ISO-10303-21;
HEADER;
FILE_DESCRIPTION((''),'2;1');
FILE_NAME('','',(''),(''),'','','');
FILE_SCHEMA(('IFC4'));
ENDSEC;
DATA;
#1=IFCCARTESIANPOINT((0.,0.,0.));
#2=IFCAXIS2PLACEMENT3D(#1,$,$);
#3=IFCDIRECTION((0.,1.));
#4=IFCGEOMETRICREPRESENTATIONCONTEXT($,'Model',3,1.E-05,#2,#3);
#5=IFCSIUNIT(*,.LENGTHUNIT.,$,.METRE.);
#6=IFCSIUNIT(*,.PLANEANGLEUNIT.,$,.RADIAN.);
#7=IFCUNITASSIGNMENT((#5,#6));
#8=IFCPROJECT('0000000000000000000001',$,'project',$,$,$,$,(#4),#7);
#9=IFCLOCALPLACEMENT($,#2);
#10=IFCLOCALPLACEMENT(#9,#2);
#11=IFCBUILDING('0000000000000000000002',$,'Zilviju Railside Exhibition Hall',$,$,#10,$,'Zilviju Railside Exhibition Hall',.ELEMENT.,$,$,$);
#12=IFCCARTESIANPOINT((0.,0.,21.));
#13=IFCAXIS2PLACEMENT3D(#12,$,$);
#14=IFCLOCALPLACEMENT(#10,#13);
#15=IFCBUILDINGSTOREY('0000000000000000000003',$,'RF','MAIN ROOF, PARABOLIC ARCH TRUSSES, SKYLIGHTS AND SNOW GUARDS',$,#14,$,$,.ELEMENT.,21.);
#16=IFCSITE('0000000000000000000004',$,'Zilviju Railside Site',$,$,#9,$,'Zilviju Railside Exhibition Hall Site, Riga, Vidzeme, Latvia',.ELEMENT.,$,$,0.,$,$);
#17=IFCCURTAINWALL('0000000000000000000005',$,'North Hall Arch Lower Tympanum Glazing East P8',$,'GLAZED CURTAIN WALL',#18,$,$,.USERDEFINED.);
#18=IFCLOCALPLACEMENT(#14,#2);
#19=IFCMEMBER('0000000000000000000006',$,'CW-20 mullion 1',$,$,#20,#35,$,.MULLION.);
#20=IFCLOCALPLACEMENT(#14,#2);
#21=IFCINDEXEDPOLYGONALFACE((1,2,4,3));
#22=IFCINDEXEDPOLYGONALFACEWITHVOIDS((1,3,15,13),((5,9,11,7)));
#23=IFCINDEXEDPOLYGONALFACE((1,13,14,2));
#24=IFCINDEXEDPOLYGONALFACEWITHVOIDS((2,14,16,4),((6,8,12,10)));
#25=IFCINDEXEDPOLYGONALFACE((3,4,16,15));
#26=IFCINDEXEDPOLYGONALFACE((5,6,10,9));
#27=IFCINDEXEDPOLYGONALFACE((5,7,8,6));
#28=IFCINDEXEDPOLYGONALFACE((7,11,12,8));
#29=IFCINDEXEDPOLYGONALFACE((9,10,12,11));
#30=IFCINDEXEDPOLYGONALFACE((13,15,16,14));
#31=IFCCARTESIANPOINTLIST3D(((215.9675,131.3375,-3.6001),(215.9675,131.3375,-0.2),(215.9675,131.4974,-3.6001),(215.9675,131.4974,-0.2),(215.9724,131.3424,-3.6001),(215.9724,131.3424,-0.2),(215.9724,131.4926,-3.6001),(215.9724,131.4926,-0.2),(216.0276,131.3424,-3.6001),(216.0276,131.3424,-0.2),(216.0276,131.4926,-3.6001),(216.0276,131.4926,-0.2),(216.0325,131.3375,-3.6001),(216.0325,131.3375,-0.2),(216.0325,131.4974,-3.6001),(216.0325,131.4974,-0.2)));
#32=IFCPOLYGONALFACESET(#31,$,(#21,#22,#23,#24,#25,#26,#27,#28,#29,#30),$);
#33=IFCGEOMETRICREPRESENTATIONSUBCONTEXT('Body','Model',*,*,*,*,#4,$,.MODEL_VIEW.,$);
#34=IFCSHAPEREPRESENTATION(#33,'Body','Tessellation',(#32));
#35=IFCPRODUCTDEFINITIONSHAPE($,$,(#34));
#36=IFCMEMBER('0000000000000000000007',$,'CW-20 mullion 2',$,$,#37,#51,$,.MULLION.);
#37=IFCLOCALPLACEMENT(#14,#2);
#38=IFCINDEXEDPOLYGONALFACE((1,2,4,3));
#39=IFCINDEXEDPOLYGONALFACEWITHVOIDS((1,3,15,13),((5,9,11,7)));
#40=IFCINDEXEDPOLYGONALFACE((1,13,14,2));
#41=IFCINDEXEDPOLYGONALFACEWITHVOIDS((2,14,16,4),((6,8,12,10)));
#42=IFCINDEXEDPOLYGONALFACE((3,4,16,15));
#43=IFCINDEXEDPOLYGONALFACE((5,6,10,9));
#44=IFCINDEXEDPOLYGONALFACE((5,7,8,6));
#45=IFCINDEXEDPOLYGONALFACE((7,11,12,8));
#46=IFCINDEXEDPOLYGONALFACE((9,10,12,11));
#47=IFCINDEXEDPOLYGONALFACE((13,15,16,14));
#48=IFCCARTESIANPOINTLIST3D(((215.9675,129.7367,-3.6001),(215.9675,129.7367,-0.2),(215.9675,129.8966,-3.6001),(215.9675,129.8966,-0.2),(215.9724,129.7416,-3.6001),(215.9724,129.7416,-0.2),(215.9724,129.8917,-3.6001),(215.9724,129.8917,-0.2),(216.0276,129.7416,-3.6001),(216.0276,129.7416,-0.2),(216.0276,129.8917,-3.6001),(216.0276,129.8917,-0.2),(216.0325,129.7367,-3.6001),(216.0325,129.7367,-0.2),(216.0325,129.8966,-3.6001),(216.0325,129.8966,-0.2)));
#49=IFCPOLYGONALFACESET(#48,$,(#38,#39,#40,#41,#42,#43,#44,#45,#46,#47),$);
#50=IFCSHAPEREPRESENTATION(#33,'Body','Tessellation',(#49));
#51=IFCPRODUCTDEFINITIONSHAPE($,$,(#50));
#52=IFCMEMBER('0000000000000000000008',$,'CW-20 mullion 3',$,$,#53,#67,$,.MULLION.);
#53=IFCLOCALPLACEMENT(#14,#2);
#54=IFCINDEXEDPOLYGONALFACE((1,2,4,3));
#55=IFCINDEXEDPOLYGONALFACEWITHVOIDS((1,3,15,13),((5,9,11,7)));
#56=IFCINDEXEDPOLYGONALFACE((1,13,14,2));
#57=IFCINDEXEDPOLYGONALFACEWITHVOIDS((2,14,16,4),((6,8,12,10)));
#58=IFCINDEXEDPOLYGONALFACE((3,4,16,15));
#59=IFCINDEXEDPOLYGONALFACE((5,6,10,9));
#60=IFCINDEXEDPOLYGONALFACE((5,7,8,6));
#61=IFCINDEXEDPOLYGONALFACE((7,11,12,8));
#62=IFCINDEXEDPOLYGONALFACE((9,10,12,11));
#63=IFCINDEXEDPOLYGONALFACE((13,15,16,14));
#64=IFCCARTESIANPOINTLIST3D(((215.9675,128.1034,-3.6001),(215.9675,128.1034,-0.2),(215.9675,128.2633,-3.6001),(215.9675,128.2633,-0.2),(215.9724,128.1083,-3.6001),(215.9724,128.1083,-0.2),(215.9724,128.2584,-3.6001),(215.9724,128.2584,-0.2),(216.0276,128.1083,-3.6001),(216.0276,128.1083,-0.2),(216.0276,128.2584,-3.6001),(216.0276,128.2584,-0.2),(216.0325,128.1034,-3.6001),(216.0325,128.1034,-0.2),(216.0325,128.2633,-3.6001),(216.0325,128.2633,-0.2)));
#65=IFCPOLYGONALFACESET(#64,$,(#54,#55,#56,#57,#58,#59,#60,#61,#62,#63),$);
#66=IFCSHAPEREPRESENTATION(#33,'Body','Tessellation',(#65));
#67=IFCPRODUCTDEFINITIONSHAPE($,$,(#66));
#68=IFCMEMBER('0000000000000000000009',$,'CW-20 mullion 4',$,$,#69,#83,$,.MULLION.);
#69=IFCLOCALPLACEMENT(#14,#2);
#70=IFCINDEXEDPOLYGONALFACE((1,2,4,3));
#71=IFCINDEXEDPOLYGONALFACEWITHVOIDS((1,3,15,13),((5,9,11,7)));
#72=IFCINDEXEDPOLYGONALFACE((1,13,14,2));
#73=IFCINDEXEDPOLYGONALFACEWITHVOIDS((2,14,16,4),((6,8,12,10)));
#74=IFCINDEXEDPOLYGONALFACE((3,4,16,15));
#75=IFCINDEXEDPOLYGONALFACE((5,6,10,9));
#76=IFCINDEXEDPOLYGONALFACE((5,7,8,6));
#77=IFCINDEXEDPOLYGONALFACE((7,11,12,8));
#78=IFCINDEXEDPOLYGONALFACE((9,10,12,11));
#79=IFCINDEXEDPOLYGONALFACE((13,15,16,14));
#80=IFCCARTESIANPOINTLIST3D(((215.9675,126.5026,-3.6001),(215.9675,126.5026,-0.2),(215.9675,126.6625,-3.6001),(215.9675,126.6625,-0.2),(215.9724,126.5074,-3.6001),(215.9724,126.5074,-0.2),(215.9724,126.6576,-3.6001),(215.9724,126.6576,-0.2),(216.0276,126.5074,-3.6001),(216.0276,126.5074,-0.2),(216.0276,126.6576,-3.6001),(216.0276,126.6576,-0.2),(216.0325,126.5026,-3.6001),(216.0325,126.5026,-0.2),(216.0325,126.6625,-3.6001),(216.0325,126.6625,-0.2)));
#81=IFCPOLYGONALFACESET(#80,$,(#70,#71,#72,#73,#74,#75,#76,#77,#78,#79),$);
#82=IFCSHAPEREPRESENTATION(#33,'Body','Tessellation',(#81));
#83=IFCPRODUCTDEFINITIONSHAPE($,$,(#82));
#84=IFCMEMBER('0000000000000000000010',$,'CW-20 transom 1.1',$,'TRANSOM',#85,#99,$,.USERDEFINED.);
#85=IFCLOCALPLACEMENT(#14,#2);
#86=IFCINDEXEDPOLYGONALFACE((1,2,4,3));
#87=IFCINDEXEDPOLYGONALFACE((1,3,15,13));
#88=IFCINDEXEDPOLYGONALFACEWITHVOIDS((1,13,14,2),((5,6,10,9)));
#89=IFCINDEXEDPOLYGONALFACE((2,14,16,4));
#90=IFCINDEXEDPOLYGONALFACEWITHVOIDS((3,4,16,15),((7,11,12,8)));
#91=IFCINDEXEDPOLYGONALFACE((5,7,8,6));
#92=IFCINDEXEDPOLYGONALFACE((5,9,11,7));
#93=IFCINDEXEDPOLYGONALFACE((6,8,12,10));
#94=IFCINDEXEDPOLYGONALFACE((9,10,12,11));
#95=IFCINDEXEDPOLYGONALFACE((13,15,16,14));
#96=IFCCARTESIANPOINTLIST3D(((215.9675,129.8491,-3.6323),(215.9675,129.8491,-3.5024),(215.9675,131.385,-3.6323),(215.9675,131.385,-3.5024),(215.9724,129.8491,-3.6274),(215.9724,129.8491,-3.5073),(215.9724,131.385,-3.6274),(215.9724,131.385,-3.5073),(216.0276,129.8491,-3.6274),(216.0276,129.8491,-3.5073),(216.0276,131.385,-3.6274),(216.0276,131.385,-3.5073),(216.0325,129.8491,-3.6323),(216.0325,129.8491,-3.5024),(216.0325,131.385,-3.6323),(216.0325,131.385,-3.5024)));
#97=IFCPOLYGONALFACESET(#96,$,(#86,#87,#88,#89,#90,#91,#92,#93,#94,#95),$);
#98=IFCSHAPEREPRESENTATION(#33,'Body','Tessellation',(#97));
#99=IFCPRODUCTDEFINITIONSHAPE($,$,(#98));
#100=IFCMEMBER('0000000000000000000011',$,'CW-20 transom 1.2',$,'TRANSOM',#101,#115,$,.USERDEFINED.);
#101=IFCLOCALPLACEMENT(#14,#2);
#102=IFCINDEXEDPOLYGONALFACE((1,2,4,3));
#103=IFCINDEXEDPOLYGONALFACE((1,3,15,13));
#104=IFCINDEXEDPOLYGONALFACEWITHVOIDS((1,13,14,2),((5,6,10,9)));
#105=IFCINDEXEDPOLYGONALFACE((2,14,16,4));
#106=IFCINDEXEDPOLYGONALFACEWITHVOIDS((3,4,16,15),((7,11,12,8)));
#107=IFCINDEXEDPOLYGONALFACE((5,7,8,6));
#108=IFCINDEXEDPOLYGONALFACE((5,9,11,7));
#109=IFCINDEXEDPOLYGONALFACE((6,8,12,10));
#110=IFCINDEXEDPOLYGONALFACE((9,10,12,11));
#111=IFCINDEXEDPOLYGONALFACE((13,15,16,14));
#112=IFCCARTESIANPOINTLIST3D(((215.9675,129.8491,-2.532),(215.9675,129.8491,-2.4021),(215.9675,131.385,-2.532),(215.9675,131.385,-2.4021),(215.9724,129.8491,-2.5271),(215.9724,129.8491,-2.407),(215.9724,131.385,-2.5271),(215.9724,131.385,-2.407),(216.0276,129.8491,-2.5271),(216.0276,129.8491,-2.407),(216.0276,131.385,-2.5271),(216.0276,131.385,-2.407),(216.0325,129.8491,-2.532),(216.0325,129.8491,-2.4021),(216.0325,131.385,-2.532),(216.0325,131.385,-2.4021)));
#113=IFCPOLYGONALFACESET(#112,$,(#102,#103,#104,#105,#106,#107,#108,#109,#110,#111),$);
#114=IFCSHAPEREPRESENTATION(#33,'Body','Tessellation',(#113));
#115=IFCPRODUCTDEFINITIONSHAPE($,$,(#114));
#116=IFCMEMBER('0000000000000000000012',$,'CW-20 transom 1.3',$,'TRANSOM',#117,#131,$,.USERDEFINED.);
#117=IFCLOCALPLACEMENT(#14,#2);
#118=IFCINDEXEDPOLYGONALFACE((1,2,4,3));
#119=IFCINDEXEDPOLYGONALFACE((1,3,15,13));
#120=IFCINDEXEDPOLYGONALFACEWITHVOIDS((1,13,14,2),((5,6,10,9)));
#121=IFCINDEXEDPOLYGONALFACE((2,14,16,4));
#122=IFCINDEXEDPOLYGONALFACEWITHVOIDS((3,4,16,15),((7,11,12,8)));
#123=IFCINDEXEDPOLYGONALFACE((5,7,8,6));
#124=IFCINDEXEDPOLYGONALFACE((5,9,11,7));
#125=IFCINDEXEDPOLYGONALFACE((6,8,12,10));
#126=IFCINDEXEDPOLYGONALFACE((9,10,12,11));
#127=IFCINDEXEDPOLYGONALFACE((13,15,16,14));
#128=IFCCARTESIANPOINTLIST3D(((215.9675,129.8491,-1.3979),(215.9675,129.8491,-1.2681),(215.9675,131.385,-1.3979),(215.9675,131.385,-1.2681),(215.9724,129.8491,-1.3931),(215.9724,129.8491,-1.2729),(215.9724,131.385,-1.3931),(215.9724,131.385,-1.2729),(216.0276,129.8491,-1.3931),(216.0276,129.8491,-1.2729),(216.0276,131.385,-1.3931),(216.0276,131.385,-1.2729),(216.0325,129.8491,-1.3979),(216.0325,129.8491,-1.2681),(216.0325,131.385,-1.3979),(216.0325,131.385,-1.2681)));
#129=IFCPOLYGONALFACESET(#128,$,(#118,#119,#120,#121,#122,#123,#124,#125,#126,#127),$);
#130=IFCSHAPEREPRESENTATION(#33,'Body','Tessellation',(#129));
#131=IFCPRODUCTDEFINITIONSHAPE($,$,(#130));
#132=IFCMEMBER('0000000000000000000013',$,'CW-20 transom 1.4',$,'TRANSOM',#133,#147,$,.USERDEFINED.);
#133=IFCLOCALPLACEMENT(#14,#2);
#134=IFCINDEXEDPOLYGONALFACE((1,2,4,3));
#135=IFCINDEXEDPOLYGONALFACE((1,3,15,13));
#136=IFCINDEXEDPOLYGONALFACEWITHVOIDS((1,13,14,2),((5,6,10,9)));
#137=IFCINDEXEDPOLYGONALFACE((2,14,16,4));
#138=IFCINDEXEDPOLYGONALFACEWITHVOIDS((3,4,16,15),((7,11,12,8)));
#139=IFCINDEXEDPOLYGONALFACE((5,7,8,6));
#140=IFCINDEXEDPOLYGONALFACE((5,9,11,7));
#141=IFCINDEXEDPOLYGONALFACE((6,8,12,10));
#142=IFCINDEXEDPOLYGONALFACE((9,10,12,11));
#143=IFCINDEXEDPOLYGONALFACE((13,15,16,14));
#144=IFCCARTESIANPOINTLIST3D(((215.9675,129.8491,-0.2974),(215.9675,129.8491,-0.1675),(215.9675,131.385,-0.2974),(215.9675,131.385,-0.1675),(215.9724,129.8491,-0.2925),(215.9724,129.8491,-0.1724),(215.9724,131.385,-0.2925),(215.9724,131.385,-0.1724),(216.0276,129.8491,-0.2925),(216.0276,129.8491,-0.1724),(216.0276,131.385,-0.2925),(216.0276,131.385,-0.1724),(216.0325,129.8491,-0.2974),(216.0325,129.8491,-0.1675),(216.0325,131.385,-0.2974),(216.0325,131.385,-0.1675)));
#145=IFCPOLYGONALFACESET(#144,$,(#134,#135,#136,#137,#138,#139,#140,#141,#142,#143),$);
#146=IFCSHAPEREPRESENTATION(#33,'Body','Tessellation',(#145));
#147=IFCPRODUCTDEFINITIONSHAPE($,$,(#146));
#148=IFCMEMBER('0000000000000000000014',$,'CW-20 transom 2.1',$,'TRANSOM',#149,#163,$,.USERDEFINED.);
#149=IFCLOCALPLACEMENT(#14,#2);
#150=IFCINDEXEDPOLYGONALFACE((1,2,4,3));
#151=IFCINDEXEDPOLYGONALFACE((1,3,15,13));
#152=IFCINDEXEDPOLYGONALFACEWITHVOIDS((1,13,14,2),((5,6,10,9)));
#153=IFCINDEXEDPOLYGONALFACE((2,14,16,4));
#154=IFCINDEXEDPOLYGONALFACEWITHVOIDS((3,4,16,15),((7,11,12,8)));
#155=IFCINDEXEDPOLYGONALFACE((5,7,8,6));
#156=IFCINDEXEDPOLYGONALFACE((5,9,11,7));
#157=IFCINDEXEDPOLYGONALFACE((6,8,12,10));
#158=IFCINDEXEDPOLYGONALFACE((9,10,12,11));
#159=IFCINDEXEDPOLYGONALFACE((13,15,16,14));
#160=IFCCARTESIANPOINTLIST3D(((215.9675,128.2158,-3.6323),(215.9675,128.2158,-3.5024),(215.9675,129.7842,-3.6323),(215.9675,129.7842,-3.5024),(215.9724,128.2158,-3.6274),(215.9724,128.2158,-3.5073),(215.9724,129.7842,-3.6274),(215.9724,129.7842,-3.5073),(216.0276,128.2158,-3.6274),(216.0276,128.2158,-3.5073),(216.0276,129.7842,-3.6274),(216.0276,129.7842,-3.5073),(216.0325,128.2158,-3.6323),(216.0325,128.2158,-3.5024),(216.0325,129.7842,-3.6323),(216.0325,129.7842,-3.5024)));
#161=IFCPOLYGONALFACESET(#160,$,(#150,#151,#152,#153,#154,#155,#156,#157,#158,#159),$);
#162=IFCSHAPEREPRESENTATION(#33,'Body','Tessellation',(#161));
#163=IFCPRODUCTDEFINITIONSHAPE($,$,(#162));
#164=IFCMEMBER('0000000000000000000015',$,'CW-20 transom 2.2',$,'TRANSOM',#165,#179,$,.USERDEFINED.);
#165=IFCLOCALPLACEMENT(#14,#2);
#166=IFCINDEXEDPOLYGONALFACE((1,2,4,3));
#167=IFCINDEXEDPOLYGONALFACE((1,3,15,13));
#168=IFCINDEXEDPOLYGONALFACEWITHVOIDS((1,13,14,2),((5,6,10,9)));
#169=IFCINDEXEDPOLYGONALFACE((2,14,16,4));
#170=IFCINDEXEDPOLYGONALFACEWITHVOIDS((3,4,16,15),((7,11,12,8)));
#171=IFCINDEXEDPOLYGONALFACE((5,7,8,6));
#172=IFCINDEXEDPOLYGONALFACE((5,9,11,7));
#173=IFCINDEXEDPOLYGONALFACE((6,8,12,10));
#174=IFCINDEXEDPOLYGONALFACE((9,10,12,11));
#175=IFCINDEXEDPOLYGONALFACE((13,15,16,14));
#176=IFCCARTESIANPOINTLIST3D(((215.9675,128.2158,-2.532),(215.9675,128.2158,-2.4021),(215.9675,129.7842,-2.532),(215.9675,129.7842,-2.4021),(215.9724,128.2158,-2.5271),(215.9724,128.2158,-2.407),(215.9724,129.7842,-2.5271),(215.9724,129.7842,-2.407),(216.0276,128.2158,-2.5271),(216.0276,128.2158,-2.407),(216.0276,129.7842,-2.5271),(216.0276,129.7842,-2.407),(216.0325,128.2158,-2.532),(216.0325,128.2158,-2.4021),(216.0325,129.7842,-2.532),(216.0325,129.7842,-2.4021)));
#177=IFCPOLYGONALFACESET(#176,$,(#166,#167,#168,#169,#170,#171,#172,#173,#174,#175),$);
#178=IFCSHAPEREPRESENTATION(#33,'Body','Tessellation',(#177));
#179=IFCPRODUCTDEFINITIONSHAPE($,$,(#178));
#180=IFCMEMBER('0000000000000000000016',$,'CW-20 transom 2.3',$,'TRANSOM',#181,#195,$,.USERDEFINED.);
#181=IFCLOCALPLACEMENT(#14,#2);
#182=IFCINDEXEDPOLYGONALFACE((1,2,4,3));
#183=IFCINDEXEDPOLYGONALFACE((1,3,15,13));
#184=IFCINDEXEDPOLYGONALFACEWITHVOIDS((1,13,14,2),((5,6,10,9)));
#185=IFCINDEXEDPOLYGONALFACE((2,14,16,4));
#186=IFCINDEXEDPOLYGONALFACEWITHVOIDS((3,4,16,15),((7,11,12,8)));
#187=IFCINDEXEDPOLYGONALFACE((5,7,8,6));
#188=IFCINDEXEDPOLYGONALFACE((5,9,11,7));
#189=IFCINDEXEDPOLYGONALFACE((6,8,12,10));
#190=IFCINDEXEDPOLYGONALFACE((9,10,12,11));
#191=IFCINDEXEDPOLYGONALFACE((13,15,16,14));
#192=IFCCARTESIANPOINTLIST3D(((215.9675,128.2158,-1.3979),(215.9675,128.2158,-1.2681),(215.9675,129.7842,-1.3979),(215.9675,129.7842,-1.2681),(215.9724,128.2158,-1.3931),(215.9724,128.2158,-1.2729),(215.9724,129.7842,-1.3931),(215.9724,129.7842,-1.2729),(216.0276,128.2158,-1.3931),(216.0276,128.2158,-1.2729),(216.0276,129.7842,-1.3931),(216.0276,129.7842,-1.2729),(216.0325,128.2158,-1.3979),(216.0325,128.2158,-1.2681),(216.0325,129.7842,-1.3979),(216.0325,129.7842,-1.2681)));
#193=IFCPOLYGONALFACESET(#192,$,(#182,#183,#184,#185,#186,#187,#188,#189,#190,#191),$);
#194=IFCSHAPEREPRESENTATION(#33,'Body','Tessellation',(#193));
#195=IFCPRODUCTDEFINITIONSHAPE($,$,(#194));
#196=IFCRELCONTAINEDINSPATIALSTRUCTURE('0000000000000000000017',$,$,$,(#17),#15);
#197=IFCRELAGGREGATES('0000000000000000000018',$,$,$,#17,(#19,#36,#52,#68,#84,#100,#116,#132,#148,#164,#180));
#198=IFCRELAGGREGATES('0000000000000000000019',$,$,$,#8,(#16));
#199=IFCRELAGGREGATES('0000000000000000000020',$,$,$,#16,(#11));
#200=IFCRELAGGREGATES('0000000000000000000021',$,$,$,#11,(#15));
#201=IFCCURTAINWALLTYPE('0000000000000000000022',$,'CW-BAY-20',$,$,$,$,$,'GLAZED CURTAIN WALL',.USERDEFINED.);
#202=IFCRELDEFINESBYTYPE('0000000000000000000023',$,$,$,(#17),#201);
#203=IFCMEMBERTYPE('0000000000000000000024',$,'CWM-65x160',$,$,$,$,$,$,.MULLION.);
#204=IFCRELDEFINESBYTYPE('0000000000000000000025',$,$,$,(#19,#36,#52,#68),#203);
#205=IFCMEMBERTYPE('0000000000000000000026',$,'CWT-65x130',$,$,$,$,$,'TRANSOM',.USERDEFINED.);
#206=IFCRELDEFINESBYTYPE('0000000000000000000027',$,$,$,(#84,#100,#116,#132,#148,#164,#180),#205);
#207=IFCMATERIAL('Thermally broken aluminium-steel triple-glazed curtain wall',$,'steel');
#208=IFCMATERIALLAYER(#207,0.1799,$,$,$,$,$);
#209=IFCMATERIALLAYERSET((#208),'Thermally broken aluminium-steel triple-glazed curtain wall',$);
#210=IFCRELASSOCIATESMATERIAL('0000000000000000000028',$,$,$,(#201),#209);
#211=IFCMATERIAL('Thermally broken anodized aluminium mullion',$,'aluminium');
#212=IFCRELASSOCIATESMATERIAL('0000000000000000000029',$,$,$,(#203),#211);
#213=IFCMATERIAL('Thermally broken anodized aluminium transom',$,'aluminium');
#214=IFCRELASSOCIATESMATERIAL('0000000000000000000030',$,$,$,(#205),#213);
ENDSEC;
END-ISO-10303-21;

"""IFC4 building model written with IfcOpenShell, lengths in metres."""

from ifc_helpers import new_model, si_unit, direction, frame, origin, origin_2d, place, context, subcontext, project, spatial, hollow_rectangle, extrude, material, layer, layer_set, material_profile, profile_set, type_object, element, aggregate, save


model = new_model("IFC4")

# Units and contexts
model_context = context("Model", 3, precision=1e-05, world=origin(), true_north=direction((0.0, 1.0)))
body_context = subcontext(model_context, "Body", "Model", "MODEL_VIEW")
ifc_project = project(units=[si_unit("LENGTHUNIT", "METRE"), si_unit("PLANEANGLEUNIT", "RADIAN")], contexts=[model_context])

# Site, building, storey
site_placement = place(None, origin())
site = spatial("IfcSite", under=ifc_project, at=site_placement, Name="Zilviju Railside Site", LongName="Zilviju Railside Exhibition Hall Site, Riga, Vidzeme, Latvia", CompositionType="ELEMENT", RefElevation=0.0)
building_placement = place(site_placement, origin())
building = spatial("IfcBuilding", under=site, at=building_placement, Name="Zilviju Railside Exhibition Hall", LongName="Zilviju Railside Exhibition Hall", CompositionType="ELEMENT")
storey_placement = place(building_placement, frame((0.0, 0.0, 21.0)))
storey = spatial("IfcBuildingStorey", under=building, at=storey_placement, Name="RF", Description="MAIN ROOF, PARABOLIC ARCH TRUSSES, SKYLIGHTS AND SNOW GUARDS", CompositionType="ELEMENT", Elevation=21.0)

# Curtain wall, members
ifc_material_1 = material(Name="Thermally broken aluminium-steel triple-glazed curtain wall", Category="steel")
ifc_layer_1 = layer(ifc_material_1, 0.1799)
ifc_layer_set_1 = layer_set([ifc_layer_1], Name="Thermally broken aluminium-steel triple-glazed curtain wall")
curtain_wall_type = type_object("IfcCurtainWallType", Name="CW-BAY-20", ElementType="GLAZED CURTAIN WALL", PredefinedType="USERDEFINED", material=ifc_layer_set_1)
curtain_wall_placement = place(storey_placement, origin())
curtain_wall = element("IfcCurtainWall", 1, at=curtain_wall_placement, inside=storey, type_object=curtain_wall_type, Name="North Hall Arch Lower Tympanum Glazing East P8", ObjectType="GLAZED CURTAIN WALL", PredefinedType="USERDEFINED")
ifc_material_2 = material(Name="Thermally broken anodized aluminium mullion", Category="aluminium")
ifc_material_profile_1 = material_profile(ifc_material_2, hollow_rectangle(XDim=0.0649, YDim=0.1599, WallThickness=0.0049, at=origin_2d()), Name="MULLION 160x65x5")
ifc_profile_set_1 = profile_set([ifc_material_profile_1], Name="Thermally broken anodized aluminium mullion")
member_type_1 = type_object("IfcMemberType", Name="CWM-65x160", PredefinedType="MULLION", material=ifc_profile_set_1)
member_1_placement = place(storey_placement, frame((216.0, 131.4175, -3.6001), z_axis=(0.0, 0.0, 1.0), x_axis=(1.0, 0.0, 0.0)))
member_1 = element("IfcMember", 2, at=member_1_placement, type_object=member_type_1, Name="CW-20 mullion 1", PredefinedType="MULLION", context=body_context, shape_type="SweptSolid", body=[
    extrude(hollow_rectangle(XDim=0.0649, YDim=0.1599, WallThickness=0.0049, at=origin_2d()), origin(), (0.0, 0.0, 1.0), 3.4001),
])
member_2_placement = place(storey_placement, frame((216.0, 129.8167, -3.6001), z_axis=(0.0, 0.0, 1.0), x_axis=(1.0, 0.0, 0.0)))
member_2 = element("IfcMember", 3, at=member_2_placement, type_object=member_type_1, Name="CW-20 mullion 2", PredefinedType="MULLION", context=body_context, shape_type="SweptSolid", body=[
    extrude(hollow_rectangle(XDim=0.0649, YDim=0.1599, WallThickness=0.0049, at=origin_2d()), origin(), (0.0, 0.0, 1.0), 3.4001),
])
member_3_placement = place(storey_placement, frame((216.0, 128.1833, -3.6001), z_axis=(0.0, 0.0, 1.0), x_axis=(1.0, 0.0, 0.0)))
member_3 = element("IfcMember", 4, at=member_3_placement, type_object=member_type_1, Name="CW-20 mullion 3", PredefinedType="MULLION", context=body_context, shape_type="SweptSolid", body=[
    extrude(hollow_rectangle(XDim=0.0649, YDim=0.1599, WallThickness=0.0049, at=origin_2d()), origin(), (0.0, 0.0, 1.0), 3.4001),
])
member_4_placement = place(storey_placement, frame((216.0, 126.5825, -3.6001), z_axis=(0.0, 0.0, 1.0), x_axis=(1.0, 0.0, 0.0)))
member_4 = element("IfcMember", 5, at=member_4_placement, type_object=member_type_1, Name="CW-20 mullion 4", PredefinedType="MULLION", context=body_context, shape_type="SweptSolid", body=[
    extrude(hollow_rectangle(XDim=0.0649, YDim=0.1599, WallThickness=0.0049, at=origin_2d()), origin(), (0.0, 0.0, 1.0), 3.4001),
])
ifc_material_3 = material(Name="Thermally broken anodized aluminium transom", Category="aluminium")
ifc_material_profile_2 = material_profile(ifc_material_3, hollow_rectangle(XDim=0.0649, YDim=0.1299, WallThickness=0.0049, at=origin_2d()), Name="TRANSOM 130x65x5")
ifc_profile_set_2 = profile_set([ifc_material_profile_2], Name="Thermally broken anodized aluminium transom")
member_type_2 = type_object("IfcMemberType", Name="CWT-65x130", ElementType="TRANSOM", PredefinedType="USERDEFINED", material=ifc_profile_set_2)
member_5_placement = place(storey_placement, frame((216.0, 131.385, -3.5674), z_axis=(0.0, -1.0, 0.0), x_axis=(1.0, 0.0, 0.0)))
member_5 = element("IfcMember", 6, at=member_5_placement, type_object=member_type_2, Name="CW-20 transom 1.1", ObjectType="TRANSOM", PredefinedType="USERDEFINED", context=body_context, shape_type="SweptSolid", body=[
    extrude(hollow_rectangle(XDim=0.0649, YDim=0.1299, WallThickness=0.0049, at=origin_2d()), origin(), (0.0, 0.0, 1.0), 1.5359),
])
member_6_placement = place(storey_placement, frame((216.0, 131.385, -2.467), z_axis=(0.0, -1.0, 0.0), x_axis=(1.0, 0.0, 0.0)))
member_6 = element("IfcMember", 7, at=member_6_placement, type_object=member_type_2, Name="CW-20 transom 1.2", ObjectType="TRANSOM", PredefinedType="USERDEFINED", context=body_context, shape_type="SweptSolid", body=[
    extrude(hollow_rectangle(XDim=0.0649, YDim=0.1299, WallThickness=0.0049, at=origin_2d()), origin(), (0.0, 0.0, 1.0), 1.5359),
])
member_7_placement = place(storey_placement, frame((216.0, 131.385, -1.333), z_axis=(0.0, -1.0, 0.0), x_axis=(1.0, 0.0, 0.0)))
member_7 = element("IfcMember", 8, at=member_7_placement, type_object=member_type_2, Name="CW-20 transom 1.3", ObjectType="TRANSOM", PredefinedType="USERDEFINED", context=body_context, shape_type="SweptSolid", body=[
    extrude(hollow_rectangle(XDim=0.0649, YDim=0.1299, WallThickness=0.0049, at=origin_2d()), origin(), (0.0, 0.0, 1.0), 1.5359),
])
member_8_placement = place(storey_placement, frame((216.0, 131.385, -0.2324), z_axis=(0.0, -1.0, 0.0), x_axis=(1.0, 0.0, 0.0)))
member_8 = element("IfcMember", 9, at=member_8_placement, type_object=member_type_2, Name="CW-20 transom 1.4", ObjectType="TRANSOM", PredefinedType="USERDEFINED", context=body_context, shape_type="SweptSolid", body=[
    extrude(hollow_rectangle(XDim=0.0649, YDim=0.1299, WallThickness=0.0049, at=origin_2d()), origin(), (0.0, 0.0, 1.0), 1.5359),
])
member_9_placement = place(storey_placement, frame((216.0, 129.7842, -3.5674), z_axis=(0.0, -1.0, 0.0), x_axis=(1.0, 0.0, 0.0)))
member_9 = element("IfcMember", 10, at=member_9_placement, type_object=member_type_2, Name="CW-20 transom 2.1", ObjectType="TRANSOM", PredefinedType="USERDEFINED", context=body_context, shape_type="SweptSolid", body=[
    extrude(hollow_rectangle(XDim=0.0649, YDim=0.1299, WallThickness=0.0049, at=origin_2d()), origin(), (0.0, 0.0, 1.0), 1.5684),
])
member_10_placement = place(storey_placement, frame((216.0, 129.7842, -2.467), z_axis=(0.0, -1.0, 0.0), x_axis=(1.0, 0.0, 0.0)))
member_10 = element("IfcMember", 11, at=member_10_placement, type_object=member_type_2, Name="CW-20 transom 2.2", ObjectType="TRANSOM", PredefinedType="USERDEFINED", context=body_context, shape_type="SweptSolid", body=[
    extrude(hollow_rectangle(XDim=0.0649, YDim=0.1299, WallThickness=0.0049, at=origin_2d()), origin(), (0.0, 0.0, 1.0), 1.5684),
])
member_11_placement = place(storey_placement, frame((216.0, 129.7842, -1.333), z_axis=(0.0, -1.0, 0.0), x_axis=(1.0, 0.0, 0.0)))
member_11 = element("IfcMember", 12, at=member_11_placement, type_object=member_type_2, Name="CW-20 transom 2.3", ObjectType="TRANSOM", PredefinedType="USERDEFINED", context=body_context, shape_type="SweptSolid", body=[
    extrude(hollow_rectangle(XDim=0.0649, YDim=0.1299, WallThickness=0.0049, at=origin_2d()), origin(), (0.0, 0.0, 1.0), 1.5684),
])

aggregate(curtain_wall, [member_1, member_2, member_3, member_4, member_5, member_6, member_7, member_8, member_9, member_10, member_11])

save(model, "model.ifc")
